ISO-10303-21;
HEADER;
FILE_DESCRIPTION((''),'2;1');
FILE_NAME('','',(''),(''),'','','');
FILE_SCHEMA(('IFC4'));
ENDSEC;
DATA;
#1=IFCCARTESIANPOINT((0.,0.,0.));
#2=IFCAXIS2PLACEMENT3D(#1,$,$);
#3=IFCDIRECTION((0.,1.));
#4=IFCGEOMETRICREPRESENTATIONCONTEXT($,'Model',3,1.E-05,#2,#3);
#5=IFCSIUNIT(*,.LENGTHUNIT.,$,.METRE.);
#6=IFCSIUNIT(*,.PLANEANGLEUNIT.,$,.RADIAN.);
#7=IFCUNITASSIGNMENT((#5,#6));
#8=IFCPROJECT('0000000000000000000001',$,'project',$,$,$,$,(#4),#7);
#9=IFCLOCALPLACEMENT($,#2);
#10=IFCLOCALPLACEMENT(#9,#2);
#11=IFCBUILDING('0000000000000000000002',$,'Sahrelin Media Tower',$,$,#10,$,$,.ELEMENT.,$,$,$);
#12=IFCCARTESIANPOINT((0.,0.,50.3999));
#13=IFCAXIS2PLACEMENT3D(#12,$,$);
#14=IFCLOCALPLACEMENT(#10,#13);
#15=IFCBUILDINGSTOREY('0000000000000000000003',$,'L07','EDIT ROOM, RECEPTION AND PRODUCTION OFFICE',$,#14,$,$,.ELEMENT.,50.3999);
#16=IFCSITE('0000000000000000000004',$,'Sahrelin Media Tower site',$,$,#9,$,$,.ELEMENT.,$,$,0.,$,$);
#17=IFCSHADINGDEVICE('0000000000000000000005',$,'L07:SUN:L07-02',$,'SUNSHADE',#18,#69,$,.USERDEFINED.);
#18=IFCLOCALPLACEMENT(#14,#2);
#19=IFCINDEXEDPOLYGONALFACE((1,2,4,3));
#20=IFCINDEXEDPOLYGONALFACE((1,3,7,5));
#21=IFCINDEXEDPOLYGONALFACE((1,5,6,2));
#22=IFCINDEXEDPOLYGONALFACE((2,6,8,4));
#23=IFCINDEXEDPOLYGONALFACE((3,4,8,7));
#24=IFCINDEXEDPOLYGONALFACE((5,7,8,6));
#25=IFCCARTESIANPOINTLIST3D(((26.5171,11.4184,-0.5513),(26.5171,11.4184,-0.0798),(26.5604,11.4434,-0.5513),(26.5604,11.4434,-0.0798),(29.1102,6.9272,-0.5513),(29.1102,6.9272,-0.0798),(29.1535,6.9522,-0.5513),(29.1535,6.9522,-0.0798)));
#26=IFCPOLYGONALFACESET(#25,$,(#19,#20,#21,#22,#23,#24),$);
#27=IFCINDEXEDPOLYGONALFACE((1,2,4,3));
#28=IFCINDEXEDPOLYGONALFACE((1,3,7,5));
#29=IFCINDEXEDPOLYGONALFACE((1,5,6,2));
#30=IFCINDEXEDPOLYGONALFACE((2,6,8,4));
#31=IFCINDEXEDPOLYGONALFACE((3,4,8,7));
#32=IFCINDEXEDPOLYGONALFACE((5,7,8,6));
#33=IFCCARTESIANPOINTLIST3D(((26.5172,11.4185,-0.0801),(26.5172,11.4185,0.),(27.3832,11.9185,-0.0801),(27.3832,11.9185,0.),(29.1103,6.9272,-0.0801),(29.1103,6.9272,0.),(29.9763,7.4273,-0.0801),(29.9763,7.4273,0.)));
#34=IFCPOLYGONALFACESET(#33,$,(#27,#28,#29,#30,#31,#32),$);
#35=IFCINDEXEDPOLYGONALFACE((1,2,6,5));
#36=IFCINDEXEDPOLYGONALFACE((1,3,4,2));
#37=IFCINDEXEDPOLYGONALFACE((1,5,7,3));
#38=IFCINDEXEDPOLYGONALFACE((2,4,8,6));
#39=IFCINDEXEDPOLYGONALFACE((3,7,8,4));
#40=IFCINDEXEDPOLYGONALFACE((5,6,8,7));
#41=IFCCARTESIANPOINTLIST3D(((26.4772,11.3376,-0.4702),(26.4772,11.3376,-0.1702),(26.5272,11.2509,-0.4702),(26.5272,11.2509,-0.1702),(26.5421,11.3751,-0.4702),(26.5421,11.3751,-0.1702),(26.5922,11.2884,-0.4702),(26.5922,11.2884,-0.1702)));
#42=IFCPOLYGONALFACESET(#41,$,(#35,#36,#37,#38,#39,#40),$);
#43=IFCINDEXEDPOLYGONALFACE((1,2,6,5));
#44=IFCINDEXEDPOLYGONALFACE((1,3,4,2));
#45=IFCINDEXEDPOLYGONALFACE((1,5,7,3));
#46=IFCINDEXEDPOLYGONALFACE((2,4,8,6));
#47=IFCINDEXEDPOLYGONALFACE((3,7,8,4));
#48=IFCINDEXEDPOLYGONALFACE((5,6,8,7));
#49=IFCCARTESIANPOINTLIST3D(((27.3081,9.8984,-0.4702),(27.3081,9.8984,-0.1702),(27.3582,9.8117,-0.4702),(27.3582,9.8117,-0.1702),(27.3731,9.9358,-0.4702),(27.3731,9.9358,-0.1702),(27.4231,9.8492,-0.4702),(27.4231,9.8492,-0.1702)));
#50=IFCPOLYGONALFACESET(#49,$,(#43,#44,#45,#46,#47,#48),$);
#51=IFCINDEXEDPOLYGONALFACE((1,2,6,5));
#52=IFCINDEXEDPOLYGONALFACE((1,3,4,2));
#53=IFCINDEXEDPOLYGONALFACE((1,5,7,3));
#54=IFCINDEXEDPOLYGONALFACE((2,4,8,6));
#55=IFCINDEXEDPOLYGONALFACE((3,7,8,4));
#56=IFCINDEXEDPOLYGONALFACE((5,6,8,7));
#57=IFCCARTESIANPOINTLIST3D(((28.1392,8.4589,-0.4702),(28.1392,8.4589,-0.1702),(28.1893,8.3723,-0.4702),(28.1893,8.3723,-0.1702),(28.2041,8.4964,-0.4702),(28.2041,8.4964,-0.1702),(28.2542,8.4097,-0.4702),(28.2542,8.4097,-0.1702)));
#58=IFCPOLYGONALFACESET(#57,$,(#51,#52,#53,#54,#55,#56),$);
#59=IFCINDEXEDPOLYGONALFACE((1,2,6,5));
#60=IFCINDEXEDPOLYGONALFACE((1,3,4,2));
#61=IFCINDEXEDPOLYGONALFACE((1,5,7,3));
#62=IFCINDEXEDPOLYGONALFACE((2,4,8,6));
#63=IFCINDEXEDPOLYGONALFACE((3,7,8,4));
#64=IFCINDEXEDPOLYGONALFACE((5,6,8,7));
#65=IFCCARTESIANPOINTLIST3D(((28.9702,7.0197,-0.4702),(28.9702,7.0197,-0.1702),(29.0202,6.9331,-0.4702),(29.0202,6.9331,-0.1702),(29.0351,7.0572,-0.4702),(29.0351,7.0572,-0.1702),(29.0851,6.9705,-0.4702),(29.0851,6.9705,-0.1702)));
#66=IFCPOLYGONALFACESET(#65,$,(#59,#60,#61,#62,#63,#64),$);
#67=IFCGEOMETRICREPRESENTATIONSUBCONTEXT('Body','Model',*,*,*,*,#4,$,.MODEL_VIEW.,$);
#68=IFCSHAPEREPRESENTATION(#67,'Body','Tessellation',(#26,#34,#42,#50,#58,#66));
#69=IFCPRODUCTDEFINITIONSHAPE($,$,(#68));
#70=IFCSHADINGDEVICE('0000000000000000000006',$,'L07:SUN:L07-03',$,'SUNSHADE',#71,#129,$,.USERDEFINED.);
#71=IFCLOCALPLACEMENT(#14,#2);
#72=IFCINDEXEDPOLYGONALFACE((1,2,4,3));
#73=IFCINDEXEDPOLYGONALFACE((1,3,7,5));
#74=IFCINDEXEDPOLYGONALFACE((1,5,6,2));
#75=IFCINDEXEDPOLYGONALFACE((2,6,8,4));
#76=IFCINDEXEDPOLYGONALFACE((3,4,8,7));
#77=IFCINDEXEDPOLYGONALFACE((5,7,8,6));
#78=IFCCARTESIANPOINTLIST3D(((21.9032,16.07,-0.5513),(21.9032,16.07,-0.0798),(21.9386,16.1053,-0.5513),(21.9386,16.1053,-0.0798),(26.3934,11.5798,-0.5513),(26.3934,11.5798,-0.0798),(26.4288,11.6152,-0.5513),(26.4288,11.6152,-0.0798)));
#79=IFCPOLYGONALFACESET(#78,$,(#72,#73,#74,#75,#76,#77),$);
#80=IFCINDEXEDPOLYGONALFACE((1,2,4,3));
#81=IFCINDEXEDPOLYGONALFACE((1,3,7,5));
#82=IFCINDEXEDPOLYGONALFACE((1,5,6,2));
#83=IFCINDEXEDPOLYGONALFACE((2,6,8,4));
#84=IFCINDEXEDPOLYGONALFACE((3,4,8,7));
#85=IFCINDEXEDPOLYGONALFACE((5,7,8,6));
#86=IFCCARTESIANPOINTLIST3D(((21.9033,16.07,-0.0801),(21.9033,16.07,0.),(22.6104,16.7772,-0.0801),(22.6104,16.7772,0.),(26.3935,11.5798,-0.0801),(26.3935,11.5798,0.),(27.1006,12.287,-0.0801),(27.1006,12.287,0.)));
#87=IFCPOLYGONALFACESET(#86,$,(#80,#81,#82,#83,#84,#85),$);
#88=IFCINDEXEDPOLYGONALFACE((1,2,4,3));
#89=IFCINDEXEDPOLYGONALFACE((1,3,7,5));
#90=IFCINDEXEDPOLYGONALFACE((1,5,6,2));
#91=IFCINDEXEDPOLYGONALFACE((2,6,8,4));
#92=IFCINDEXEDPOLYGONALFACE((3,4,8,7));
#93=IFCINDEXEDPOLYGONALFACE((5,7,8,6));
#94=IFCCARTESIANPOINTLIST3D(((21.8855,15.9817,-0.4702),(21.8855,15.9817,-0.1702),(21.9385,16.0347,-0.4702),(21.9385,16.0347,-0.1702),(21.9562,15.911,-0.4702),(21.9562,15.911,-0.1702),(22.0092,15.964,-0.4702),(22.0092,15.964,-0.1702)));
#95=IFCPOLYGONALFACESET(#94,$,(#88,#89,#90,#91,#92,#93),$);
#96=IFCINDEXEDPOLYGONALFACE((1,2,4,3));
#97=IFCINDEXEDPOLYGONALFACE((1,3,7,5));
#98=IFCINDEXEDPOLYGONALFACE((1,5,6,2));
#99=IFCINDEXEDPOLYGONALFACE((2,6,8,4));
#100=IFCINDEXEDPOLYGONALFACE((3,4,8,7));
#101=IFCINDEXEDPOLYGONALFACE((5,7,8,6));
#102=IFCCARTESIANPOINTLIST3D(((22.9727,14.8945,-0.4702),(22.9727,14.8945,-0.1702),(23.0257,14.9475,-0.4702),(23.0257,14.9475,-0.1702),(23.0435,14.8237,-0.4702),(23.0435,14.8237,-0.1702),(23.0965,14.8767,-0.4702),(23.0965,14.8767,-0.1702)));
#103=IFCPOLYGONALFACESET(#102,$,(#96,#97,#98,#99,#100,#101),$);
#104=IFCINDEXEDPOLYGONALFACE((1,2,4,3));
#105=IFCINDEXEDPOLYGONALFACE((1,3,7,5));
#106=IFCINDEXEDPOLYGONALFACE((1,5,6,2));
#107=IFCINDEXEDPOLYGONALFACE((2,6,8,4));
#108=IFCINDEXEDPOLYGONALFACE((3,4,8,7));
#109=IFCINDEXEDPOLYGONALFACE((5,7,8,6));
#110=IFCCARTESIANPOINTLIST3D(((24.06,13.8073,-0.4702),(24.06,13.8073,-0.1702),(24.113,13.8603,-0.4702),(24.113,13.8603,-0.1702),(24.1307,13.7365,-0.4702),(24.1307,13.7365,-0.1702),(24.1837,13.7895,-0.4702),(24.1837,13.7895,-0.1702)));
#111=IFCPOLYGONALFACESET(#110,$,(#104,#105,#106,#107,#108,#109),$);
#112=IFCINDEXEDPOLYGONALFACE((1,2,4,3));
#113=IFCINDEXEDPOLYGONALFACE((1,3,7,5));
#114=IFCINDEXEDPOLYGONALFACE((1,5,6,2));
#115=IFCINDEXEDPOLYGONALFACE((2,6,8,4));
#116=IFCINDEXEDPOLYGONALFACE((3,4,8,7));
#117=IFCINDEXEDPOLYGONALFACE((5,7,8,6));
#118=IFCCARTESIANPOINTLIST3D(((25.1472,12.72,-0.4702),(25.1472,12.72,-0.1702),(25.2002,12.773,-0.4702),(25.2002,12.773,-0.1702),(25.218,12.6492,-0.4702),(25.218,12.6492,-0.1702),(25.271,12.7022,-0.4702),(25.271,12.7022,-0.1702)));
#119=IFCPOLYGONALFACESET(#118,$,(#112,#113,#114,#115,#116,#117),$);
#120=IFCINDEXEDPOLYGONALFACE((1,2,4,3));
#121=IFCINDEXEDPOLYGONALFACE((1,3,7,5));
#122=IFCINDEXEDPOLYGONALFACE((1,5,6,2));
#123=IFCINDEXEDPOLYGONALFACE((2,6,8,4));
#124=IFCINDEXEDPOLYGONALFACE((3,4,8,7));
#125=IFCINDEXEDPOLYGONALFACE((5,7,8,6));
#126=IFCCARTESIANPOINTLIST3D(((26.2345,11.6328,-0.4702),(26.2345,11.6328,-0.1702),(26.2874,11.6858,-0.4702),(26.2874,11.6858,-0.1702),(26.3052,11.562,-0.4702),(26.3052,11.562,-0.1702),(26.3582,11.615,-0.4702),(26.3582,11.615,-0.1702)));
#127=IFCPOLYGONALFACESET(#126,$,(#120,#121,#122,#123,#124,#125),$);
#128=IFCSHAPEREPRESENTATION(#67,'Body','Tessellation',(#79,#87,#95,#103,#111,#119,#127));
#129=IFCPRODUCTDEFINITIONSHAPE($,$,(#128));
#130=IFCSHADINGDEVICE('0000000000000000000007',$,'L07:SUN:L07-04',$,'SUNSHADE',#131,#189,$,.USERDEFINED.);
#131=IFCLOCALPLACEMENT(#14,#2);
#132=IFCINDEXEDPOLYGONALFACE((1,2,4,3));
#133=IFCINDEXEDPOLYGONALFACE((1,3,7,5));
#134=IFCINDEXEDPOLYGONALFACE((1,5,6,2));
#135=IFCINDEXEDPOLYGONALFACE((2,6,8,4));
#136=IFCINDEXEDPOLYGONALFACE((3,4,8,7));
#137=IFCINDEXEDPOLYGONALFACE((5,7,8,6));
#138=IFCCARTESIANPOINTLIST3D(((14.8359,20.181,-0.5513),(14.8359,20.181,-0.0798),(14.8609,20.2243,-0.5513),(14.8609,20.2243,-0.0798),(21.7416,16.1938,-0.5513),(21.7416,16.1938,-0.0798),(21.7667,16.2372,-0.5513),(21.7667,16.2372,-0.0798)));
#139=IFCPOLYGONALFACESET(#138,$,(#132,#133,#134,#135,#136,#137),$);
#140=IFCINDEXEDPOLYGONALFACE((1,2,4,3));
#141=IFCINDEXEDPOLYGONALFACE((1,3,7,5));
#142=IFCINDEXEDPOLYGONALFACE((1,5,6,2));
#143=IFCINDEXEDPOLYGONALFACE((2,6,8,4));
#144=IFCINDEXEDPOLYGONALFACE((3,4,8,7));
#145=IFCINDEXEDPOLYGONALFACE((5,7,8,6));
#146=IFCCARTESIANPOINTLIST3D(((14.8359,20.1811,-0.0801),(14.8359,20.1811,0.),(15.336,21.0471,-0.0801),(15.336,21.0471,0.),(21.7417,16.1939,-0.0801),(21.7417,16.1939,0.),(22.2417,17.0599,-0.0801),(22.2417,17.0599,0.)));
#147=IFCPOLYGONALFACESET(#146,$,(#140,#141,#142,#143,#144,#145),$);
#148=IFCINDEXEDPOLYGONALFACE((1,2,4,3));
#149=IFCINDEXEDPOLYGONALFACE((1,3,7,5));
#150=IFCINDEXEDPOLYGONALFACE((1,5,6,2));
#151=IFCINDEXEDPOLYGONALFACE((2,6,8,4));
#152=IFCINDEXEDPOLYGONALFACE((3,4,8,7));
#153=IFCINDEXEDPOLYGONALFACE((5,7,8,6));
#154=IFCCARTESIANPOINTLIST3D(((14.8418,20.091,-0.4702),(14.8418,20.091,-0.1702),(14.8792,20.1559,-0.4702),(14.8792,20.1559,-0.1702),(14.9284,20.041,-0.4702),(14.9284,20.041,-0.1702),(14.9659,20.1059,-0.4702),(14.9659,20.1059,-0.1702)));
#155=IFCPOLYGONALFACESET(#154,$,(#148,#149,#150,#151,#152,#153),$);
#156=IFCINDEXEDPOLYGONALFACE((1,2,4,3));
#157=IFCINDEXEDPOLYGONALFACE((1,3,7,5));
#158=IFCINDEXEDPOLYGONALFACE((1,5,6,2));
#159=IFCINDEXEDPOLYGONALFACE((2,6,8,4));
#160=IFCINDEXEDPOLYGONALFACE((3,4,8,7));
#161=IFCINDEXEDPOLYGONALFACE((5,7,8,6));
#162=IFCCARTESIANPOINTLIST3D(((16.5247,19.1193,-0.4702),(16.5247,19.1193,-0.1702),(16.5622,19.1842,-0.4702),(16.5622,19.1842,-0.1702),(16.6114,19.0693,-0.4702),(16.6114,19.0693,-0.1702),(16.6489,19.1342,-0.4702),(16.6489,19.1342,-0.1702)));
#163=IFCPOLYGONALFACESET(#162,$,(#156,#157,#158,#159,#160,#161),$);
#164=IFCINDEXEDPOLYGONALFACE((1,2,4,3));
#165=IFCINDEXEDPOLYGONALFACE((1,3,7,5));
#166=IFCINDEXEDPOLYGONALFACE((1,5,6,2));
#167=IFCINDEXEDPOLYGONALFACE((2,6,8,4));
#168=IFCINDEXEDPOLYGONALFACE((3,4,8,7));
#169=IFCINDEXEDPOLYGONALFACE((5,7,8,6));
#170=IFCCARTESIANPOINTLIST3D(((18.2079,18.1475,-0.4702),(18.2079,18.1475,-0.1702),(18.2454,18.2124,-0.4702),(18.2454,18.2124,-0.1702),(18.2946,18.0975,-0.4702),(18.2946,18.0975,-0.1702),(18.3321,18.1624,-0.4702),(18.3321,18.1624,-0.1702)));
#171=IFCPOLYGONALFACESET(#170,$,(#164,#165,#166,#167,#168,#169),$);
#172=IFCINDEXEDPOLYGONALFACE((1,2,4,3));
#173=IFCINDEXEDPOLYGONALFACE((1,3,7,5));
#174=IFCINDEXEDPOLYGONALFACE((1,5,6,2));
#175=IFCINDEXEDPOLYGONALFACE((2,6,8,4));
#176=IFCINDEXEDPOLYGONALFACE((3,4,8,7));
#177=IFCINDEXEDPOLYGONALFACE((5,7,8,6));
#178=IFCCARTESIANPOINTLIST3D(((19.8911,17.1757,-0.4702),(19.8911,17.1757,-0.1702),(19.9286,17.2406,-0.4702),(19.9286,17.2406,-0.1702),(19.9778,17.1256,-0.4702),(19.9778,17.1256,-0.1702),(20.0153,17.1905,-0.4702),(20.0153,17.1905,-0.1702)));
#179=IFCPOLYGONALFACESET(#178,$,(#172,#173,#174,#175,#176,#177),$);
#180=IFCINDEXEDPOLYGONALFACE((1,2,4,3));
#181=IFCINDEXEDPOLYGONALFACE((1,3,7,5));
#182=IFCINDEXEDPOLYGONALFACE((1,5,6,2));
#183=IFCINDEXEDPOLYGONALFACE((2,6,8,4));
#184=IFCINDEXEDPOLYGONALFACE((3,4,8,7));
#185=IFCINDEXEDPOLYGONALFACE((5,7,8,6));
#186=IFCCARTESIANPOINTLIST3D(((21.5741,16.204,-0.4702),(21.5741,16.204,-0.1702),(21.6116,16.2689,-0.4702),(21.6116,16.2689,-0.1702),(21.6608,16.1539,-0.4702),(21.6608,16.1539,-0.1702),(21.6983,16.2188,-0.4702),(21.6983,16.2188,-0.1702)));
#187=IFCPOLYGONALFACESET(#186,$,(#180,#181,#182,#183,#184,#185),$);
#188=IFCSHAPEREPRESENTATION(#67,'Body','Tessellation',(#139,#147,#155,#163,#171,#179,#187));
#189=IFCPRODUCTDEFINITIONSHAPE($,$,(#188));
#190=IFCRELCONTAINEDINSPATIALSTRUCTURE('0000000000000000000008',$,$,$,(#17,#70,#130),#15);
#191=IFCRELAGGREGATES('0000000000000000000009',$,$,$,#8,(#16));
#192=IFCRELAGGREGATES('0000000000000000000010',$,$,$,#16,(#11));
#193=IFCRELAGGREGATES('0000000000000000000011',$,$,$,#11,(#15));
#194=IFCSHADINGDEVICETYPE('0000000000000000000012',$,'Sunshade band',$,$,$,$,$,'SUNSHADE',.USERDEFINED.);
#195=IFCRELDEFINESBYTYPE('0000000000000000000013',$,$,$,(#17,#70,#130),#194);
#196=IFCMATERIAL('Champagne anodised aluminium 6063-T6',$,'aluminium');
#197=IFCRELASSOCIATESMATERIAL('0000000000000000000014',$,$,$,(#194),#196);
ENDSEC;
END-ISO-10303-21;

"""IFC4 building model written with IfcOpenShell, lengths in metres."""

from ifc_helpers import new_model, si_unit, direction, frame, origin, origin_2d, place, context, subcontext, project, spatial, rectangle, extrude, material, type_object, element, save


model = new_model("IFC4")

# Units and contexts
model_context = context("Model", 3, precision=1e-05, world=origin(), true_north=direction((0.0, 1.0)))
body_context = subcontext(model_context, "Body", "Model", "MODEL_VIEW")
ifc_project = project(units=[si_unit("LENGTHUNIT", "METRE"), si_unit("PLANEANGLEUNIT", "RADIAN")], contexts=[model_context])

# Site, building, storey
site_placement = place(None, origin())
site = spatial("IfcSite", under=ifc_project, at=site_placement, Name="Sahrelin Media Tower site", CompositionType="ELEMENT", RefElevation=0.0)
building_placement = place(site_placement, origin())
building = spatial("IfcBuilding", under=site, at=building_placement, Name="Sahrelin Media Tower", CompositionType="ELEMENT")
storey_placement = place(building_placement, frame((0.0, 0.0, 50.3999)))
storey = spatial("IfcBuildingStorey", under=building, at=storey_placement, Name="L07", Description="EDIT ROOM, RECEPTION AND PRODUCTION OFFICE", CompositionType="ELEMENT", Elevation=50.3999)

# Shared definitions
ifc_material_1 = material(Name="Champagne anodised aluminium 6063-T6", Category="aluminium")

# Shading devices
placement_1 = place(storey_placement, frame((27.7964, 9.1628, 0.0), z_axis=(0.0, 0.0, 1.0), x_axis=(0.500011, -0.866019, 0.0)))
placement_2 = place(storey_placement, frame((24.1343, 13.8108, 0.0), z_axis=(0.0, 0.0, 1.0), x_axis=(0.707107, -0.707107, 0.0)))
placement_3 = place(storey_placement, frame((18.2788, 18.1702, 0.0), z_axis=(0.0, 0.0, 1.0), x_axis=(0.866019, -0.500011, 0.0)))
shading_device_type_1 = type_object("IfcShadingDeviceType", Name="Sunshade band", ElementType="SUNSHADE", PredefinedType="USERDEFINED", material=ifc_material_1)
element("IfcShadingDevice", 1, at=placement_1, inside=storey, type_object=shading_device_type_1, Name="L07:SUN:L07-02", ObjectType="SUNSHADE", PredefinedType="USERDEFINED", context=body_context, shape_type="SweptSolid", body=[
    extrude(rectangle(XDim=5.186, YDim=0.05, at=origin_2d()), frame((0.0, 0.0449, -0.5513)), (0.0, 0.0, 1.0), 0.4714),
    extrude(rectangle(XDim=5.186, YDim=1.0, at=origin_2d()), frame((0.0, 0.52, -0.0801)), (0.0, 0.0, 1.0), 0.0801),
    extrude(rectangle(XDim=0.1001, YDim=0.075, at=origin_2d()), frame((-2.4929, -0.0176, -0.4702)), (0.0, 0.0, 1.0), 0.3),
    extrude(rectangle(XDim=0.1001, YDim=0.075, at=origin_2d()), frame((-0.8311, -0.0176, -0.4702)), (0.0, 0.0, 1.0), 0.3),
    extrude(rectangle(XDim=0.1001, YDim=0.075, at=origin_2d()), frame((0.8311, -0.0176, -0.4702)), (0.0, 0.0, 1.0), 0.3),
    extrude(rectangle(XDim=0.1001, YDim=0.075, at=origin_2d()), frame((2.4929, -0.0176, -0.4702)), (0.0, 0.0, 1.0), 0.3),
])
element("IfcShadingDevice", 2, at=placement_2, inside=storey, type_object=shading_device_type_1, Name="L07:SUN:L07-03", ObjectType="SUNSHADE", PredefinedType="USERDEFINED", context=body_context, shape_type="SweptSolid", body=[
    extrude(rectangle(XDim=6.3501, YDim=0.05, at=origin_2d()), frame((0.0, 0.0449, -0.5513)), (0.0, 0.0, 1.0), 0.4714),
    extrude(rectangle(XDim=6.3501, YDim=1.0, at=origin_2d()), frame((0.0, 0.52, -0.0801)), (0.0, 0.0, 1.0), 0.0801),
    extrude(rectangle(XDim=0.1001, YDim=0.075, at=origin_2d()), frame((-3.0752, -0.0176, -0.4702)), (0.0, 0.0, 1.0), 0.3),
    extrude(rectangle(XDim=0.1001, YDim=0.075, at=origin_2d()), frame((-1.5376, -0.0176, -0.4702)), (0.0, 0.0, 1.0), 0.3),
    extrude(rectangle(XDim=0.1001, YDim=0.075, at=origin_2d()), frame((0.0, -0.0176, -0.4702)), (0.0, 0.0, 1.0), 0.3),
    extrude(rectangle(XDim=0.1001, YDim=0.075, at=origin_2d()), frame((1.5376, -0.0176, -0.4702)), (0.0, 0.0, 1.0), 0.3),
    extrude(rectangle(XDim=0.1001, YDim=0.075, at=origin_2d()), frame((3.0752, -0.0176, -0.4702)), (0.0, 0.0, 1.0), 0.3),
])
element("IfcShadingDevice", 3, at=placement_3, inside=storey, type_object=shading_device_type_1, Name="L07:SUN:L07-04", ObjectType="SUNSHADE", PredefinedType="USERDEFINED", context=body_context, shape_type="SweptSolid", body=[
    extrude(rectangle(XDim=7.9741, YDim=0.05, at=origin_2d()), frame((0.0, 0.0449, -0.5513)), (0.0, 0.0, 1.0), 0.4714),
    extrude(rectangle(XDim=7.9741, YDim=1.0, at=origin_2d()), frame((0.0, 0.52, -0.0801)), (0.0, 0.0, 1.0), 0.0801),
    extrude(rectangle(XDim=0.1001, YDim=0.075, at=origin_2d()), frame((-3.887, -0.0176, -0.4702)), (0.0, 0.0, 1.0), 0.3),
    extrude(rectangle(XDim=0.1001, YDim=0.075, at=origin_2d()), frame((-1.9436, -0.0176, -0.4702)), (0.0, 0.0, 1.0), 0.3),
    extrude(rectangle(XDim=0.1001, YDim=0.075, at=origin_2d()), frame((0.0, -0.0176, -0.4702)), (0.0, 0.0, 1.0), 0.3),
    extrude(rectangle(XDim=0.1001, YDim=0.075, at=origin_2d()), frame((1.9436, -0.0176, -0.4702)), (0.0, 0.0, 1.0), 0.3),
    extrude(rectangle(XDim=0.1001, YDim=0.075, at=origin_2d()), frame((3.887, -0.0176, -0.4702)), (0.0, 0.0, 1.0), 0.3),
])

save(model, "model.ifc")
